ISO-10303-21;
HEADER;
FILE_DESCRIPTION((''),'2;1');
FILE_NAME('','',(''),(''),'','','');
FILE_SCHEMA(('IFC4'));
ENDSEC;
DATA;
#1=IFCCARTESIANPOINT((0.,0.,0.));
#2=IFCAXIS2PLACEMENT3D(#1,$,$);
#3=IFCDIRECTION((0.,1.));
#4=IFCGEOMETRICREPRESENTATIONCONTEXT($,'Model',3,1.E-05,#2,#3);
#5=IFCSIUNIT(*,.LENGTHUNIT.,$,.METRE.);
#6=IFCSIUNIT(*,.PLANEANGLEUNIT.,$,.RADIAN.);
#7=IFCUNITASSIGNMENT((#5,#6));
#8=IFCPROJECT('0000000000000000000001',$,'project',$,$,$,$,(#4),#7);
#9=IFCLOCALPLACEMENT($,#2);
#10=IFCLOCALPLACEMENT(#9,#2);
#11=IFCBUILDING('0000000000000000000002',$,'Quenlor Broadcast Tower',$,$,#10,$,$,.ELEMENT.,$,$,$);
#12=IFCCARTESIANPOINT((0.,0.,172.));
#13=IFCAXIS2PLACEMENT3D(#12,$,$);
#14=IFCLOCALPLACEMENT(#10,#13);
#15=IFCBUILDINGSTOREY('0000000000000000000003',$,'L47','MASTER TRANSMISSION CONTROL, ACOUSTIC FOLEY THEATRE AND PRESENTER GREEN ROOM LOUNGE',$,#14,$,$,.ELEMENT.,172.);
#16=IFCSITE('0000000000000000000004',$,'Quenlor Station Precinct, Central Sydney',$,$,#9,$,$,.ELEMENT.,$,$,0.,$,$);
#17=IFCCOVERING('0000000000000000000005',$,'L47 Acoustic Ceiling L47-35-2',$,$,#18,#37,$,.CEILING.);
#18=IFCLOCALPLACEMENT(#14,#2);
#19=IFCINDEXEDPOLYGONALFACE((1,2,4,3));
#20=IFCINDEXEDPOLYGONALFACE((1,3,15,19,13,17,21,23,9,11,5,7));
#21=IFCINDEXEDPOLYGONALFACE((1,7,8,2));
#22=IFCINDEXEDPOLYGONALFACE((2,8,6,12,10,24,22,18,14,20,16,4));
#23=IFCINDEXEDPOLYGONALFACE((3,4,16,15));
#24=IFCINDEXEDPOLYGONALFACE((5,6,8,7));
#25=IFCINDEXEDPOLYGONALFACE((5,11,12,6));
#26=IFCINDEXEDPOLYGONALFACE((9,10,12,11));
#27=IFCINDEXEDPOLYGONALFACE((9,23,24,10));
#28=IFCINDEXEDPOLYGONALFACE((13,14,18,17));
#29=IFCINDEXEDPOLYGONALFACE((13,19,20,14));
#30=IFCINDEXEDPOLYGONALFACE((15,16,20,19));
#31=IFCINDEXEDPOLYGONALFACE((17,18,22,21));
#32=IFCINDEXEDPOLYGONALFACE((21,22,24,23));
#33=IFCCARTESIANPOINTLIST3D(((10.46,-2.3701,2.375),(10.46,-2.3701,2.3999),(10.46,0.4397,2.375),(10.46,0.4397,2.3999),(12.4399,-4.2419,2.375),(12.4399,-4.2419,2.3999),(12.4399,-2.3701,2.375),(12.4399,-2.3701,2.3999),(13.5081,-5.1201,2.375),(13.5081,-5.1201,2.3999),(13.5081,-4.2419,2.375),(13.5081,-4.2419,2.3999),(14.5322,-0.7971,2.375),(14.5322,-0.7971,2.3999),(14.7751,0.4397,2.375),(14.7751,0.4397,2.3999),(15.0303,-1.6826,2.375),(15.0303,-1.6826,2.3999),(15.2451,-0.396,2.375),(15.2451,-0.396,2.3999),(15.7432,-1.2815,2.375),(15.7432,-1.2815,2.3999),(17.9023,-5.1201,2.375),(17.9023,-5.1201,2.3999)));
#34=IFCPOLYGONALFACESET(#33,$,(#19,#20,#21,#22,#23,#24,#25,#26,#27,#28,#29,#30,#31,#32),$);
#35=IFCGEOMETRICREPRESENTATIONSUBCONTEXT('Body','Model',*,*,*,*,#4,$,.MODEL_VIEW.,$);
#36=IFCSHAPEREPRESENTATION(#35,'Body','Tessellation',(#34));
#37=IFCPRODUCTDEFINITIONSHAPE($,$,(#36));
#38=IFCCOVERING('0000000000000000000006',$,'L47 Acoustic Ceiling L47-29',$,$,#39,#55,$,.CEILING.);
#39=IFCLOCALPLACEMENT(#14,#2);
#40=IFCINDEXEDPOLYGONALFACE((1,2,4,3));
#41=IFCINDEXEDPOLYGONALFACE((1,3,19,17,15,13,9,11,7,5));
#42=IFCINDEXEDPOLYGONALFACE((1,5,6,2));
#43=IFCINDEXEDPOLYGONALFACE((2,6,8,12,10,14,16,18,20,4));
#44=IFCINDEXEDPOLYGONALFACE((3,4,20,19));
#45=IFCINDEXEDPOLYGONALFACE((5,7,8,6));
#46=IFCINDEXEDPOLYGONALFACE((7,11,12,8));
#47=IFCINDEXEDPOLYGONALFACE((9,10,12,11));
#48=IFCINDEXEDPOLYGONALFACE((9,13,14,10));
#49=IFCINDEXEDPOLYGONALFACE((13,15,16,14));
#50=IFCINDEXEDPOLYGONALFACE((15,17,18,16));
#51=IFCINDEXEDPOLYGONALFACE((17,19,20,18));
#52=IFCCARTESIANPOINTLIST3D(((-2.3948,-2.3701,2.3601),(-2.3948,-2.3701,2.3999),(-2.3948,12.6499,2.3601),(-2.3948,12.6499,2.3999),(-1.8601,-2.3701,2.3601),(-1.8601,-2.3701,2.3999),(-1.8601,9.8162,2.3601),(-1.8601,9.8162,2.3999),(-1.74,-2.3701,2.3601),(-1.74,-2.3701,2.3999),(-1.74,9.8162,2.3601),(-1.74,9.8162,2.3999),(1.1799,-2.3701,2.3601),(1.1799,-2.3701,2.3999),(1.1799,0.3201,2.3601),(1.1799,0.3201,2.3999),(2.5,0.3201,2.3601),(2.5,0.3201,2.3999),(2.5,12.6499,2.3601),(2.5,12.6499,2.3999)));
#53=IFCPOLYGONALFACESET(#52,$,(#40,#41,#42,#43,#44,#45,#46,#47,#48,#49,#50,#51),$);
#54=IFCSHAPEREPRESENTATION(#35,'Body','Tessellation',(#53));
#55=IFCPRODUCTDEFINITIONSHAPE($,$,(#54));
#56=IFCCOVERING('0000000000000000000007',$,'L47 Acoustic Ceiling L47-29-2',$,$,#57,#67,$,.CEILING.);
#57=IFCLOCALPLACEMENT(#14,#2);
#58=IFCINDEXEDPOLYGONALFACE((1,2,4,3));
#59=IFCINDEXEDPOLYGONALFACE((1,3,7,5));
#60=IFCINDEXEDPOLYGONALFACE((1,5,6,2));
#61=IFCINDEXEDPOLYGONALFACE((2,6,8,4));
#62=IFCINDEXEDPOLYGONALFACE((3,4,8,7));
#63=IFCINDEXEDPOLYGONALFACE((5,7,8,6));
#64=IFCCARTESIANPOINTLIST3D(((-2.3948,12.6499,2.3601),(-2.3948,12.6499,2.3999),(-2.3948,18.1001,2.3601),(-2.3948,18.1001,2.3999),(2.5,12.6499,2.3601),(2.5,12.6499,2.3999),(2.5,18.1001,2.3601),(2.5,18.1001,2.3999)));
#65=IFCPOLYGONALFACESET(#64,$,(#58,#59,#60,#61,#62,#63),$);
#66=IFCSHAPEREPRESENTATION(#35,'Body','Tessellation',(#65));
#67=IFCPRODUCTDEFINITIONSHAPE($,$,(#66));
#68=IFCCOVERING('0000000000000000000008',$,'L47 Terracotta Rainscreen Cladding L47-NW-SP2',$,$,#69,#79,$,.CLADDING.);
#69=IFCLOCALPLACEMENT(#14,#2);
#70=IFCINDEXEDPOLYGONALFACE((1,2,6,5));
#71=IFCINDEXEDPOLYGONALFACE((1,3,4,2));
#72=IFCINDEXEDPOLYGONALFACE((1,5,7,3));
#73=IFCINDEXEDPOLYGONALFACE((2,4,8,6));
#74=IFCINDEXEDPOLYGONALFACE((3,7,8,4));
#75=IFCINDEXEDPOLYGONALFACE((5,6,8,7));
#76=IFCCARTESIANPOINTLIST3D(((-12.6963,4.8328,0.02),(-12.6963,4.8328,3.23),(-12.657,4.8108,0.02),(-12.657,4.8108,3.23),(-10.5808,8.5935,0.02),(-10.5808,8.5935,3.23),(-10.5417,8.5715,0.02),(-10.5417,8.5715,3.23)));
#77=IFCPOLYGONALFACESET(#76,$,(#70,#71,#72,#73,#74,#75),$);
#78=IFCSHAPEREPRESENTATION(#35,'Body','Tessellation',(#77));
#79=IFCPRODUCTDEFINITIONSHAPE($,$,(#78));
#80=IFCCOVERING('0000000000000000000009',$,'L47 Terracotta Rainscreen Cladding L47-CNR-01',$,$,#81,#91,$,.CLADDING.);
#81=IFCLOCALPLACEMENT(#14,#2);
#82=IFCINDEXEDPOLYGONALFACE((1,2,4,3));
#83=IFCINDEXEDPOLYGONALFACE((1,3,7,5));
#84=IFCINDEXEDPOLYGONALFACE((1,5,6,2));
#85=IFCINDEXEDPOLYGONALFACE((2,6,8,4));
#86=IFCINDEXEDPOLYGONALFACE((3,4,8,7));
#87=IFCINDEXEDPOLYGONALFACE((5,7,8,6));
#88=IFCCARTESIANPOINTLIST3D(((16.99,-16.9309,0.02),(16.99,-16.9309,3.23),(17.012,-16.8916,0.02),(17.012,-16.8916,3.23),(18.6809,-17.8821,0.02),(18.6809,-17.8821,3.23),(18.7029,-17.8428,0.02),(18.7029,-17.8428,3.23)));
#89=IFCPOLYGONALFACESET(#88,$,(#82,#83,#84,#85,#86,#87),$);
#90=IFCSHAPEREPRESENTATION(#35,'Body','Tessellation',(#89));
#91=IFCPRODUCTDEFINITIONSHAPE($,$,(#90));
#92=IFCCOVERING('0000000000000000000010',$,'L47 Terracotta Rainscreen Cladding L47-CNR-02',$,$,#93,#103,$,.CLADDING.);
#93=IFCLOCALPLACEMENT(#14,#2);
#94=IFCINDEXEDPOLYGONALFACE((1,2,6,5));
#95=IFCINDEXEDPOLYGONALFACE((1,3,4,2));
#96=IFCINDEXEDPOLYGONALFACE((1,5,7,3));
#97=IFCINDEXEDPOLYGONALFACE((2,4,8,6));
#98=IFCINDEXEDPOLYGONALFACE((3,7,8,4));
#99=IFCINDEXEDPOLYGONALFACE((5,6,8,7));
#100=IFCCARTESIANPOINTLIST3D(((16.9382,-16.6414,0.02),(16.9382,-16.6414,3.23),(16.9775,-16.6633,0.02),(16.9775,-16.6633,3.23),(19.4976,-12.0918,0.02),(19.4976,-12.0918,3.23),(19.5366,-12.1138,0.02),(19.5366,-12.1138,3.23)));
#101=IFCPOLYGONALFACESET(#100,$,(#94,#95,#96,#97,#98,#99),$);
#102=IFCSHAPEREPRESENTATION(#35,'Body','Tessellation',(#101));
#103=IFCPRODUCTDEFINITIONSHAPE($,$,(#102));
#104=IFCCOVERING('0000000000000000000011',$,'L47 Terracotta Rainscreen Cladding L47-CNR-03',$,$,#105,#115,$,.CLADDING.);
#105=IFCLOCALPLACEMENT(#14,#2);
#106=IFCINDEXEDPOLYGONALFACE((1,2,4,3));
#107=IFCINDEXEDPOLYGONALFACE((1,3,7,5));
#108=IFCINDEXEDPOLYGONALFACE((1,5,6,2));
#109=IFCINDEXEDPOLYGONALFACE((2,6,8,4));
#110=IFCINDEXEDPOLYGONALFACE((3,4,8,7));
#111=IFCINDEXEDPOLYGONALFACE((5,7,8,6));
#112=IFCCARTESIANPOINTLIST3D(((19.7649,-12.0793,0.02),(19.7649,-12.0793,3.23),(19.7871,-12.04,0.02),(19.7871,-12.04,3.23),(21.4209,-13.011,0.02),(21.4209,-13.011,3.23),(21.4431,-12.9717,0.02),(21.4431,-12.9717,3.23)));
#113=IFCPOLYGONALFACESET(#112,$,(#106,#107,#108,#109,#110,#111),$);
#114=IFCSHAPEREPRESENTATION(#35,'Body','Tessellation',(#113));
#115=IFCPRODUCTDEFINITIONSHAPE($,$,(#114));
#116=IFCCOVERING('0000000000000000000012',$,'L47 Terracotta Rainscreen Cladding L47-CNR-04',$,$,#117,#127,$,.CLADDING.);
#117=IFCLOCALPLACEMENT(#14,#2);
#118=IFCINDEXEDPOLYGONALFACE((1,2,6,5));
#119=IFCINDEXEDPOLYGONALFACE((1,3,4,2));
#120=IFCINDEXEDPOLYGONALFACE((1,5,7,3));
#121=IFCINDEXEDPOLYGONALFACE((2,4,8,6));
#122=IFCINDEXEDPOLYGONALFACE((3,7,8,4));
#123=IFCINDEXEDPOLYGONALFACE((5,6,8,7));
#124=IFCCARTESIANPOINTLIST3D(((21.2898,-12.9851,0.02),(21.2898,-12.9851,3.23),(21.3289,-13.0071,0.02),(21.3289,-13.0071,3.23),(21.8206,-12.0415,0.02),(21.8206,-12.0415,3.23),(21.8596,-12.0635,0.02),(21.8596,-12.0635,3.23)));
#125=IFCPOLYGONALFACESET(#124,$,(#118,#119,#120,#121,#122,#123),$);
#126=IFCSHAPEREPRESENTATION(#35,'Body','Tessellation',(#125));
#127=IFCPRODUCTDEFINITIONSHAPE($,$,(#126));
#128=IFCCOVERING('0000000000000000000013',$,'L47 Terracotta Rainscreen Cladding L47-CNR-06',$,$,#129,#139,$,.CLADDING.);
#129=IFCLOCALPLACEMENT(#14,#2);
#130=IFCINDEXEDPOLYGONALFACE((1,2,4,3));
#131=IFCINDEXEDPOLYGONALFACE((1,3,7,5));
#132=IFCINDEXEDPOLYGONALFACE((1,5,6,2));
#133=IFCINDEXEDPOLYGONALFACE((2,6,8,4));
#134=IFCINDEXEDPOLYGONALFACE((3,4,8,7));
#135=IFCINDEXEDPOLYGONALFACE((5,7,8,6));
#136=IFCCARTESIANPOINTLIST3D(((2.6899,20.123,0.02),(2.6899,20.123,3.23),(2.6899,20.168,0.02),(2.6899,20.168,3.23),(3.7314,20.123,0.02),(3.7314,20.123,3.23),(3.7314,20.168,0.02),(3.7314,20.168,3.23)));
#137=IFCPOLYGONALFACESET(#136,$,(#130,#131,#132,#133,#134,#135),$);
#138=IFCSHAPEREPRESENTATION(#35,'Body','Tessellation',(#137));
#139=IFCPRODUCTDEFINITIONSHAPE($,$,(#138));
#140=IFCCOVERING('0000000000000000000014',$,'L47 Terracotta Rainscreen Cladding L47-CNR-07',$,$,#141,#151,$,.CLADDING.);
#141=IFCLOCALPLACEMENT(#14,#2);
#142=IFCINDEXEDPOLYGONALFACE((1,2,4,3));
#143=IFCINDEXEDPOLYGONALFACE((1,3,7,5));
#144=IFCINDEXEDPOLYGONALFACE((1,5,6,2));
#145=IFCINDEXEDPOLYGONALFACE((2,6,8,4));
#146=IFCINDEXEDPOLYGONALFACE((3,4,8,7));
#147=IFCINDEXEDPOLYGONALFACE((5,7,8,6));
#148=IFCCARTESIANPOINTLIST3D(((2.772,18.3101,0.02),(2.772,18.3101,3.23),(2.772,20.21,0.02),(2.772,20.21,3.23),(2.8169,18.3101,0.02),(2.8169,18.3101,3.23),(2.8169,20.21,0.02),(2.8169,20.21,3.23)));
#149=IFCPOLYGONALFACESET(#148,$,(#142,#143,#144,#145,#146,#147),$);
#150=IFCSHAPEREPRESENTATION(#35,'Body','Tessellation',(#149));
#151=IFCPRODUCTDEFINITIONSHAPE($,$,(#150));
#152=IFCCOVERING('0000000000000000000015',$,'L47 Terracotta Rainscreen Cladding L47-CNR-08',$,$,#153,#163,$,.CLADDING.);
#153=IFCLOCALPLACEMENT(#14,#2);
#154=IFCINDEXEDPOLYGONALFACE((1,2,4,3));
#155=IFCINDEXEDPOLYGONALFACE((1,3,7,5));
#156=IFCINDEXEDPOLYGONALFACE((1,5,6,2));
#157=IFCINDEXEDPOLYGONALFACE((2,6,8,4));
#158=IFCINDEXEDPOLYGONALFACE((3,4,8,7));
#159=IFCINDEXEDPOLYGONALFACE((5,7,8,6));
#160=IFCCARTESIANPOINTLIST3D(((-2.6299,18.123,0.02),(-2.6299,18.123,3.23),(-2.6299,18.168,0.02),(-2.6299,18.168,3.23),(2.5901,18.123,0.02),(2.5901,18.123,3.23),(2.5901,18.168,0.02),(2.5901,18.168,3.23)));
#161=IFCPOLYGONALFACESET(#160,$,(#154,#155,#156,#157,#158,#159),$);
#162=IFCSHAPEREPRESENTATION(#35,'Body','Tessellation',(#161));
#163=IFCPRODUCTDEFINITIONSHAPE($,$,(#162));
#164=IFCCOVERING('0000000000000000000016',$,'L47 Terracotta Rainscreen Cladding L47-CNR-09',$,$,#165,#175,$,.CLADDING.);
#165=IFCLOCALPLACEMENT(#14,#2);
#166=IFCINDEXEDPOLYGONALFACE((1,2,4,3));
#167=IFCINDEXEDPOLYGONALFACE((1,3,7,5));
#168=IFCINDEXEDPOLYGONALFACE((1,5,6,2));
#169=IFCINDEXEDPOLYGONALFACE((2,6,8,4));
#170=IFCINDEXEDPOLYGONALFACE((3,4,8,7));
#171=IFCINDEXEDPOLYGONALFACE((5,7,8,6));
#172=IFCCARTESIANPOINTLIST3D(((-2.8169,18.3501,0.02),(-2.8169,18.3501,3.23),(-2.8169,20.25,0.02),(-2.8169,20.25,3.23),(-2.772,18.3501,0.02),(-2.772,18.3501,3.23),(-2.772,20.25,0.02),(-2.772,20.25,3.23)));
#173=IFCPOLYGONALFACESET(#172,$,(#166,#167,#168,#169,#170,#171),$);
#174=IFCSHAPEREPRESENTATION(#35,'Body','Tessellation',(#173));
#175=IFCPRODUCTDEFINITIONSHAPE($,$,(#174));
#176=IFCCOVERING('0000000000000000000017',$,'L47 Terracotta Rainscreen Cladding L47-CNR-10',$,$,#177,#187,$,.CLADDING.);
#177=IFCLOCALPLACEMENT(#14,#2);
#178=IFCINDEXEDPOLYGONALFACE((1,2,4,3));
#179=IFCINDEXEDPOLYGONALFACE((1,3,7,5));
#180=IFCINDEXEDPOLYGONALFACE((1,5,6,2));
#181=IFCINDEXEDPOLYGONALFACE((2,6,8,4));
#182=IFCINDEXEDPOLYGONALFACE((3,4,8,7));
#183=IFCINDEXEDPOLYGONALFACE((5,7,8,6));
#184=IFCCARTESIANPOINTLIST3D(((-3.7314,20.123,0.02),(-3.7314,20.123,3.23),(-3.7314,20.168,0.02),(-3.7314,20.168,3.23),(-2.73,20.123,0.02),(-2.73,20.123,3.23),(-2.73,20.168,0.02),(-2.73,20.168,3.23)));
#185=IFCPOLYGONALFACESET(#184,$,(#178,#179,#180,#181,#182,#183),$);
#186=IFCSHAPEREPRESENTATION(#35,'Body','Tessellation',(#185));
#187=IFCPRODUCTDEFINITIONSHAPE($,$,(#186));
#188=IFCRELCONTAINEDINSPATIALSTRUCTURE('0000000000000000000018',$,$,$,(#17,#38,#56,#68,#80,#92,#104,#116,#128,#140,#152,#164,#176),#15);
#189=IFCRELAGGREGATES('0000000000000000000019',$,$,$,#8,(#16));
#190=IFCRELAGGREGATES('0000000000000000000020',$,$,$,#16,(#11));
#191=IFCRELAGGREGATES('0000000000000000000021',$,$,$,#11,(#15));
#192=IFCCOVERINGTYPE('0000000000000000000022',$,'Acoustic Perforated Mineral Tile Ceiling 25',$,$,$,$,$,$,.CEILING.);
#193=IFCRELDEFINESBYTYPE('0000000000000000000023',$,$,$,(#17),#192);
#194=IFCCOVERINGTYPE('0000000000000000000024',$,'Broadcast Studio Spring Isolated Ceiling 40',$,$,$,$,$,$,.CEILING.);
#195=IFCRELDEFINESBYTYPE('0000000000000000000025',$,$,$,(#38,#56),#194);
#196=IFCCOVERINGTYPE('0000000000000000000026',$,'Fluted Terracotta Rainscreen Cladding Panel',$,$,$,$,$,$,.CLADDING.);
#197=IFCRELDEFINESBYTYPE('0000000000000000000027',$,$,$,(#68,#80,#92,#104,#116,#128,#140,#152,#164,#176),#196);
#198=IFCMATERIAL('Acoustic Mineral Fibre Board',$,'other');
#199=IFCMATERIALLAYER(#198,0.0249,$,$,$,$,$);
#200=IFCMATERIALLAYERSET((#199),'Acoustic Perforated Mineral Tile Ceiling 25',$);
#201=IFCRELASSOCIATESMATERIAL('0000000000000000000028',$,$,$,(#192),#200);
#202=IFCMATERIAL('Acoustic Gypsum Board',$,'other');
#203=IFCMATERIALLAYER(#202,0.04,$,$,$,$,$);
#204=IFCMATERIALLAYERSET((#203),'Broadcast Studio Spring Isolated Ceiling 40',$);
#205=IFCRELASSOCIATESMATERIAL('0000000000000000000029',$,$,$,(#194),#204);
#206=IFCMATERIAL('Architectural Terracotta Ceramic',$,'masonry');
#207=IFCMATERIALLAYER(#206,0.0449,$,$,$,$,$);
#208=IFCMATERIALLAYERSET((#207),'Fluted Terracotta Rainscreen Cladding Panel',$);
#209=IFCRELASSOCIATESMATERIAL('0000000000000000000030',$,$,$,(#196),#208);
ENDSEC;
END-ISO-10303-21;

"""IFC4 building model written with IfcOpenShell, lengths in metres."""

from ifc_helpers import new_model, si_unit, direction, frame, origin, place, context, subcontext, project, spatial, polyline, outline, extrude, material, layer, layer_set, type_object, element, save


model = new_model("IFC4")

# Units and contexts
model_context = context("Model", 3, precision=1e-05, world=origin(), true_north=direction((0.0, 1.0)))
body_context = subcontext(model_context, "Body", "Model", "MODEL_VIEW")
ifc_project = project(units=[si_unit("LENGTHUNIT", "METRE"), si_unit("PLANEANGLEUNIT", "RADIAN")], contexts=[model_context])

# Site, building, storey
site_placement = place(None, origin())
site = spatial("IfcSite", under=ifc_project, at=site_placement, Name="Quenlor Station Precinct, Central Sydney", CompositionType="ELEMENT", RefElevation=0.0)
building_placement = place(site_placement, origin())
building = spatial("IfcBuilding", under=site, at=building_placement, Name="Quenlor Broadcast Tower", CompositionType="ELEMENT")
storey_placement = place(building_placement, frame((0.0, 0.0, 172.0)))
storey = spatial("IfcBuildingStorey", under=building, at=storey_placement, Name="L47", Description="MASTER TRANSMISSION CONTROL, ACOUSTIC FOLEY THEATRE AND PRESENTER GREEN ROOM LOUNGE", CompositionType="ELEMENT", Elevation=172.0)

# Coverings
ifc_material_1 = material(Name="Acoustic Mineral Fibre Board", Category="other")
ifc_layer_1 = layer(ifc_material_1, 0.0249)
ifc_layer_set_1 = layer_set([ifc_layer_1], Name="Acoustic Perforated Mineral Tile Ceiling 25")
covering_type_1 = type_object("IfcCoveringType", Name="Acoustic Perforated Mineral Tile Ceiling 25", PredefinedType="CEILING", material=ifc_layer_set_1)
covering_1_placement = place(storey_placement, frame((0.0, 0.0, 2.375)))
element("IfcCovering", 1, at=covering_1_placement, inside=storey, type_object=covering_type_1, Name="L47 Acoustic Ceiling L47-35-2", PredefinedType="CEILING", context=body_context, shape_type="SweptSolid", body=[
    extrude(outline(polyline([(13.5081, -4.2419), (12.4399, -4.2419), (12.4399, -2.3701), (10.46, -2.3701), (10.46, 0.4397), (14.7751, 0.4397), (15.2451, -0.396), (14.5322, -0.7971), (15.0303, -1.6826), (15.7432, -1.2815), (17.9023, -5.1201), (13.5081, -5.1201), (13.5081, -4.2419)])), origin(), (0.0, 0.0, 1.0), 0.0249),
])
ifc_material_2 = material(Name="Acoustic Gypsum Board", Category="other")
ifc_layer_2 = layer(ifc_material_2, 0.04)
ifc_layer_set_2 = layer_set([ifc_layer_2], Name="Broadcast Studio Spring Isolated Ceiling 40")
covering_type_2 = type_object("IfcCoveringType", Name="Broadcast Studio Spring Isolated Ceiling 40", PredefinedType="CEILING", material=ifc_layer_set_2)
covering_2_placement = place(storey_placement, frame((0.0, 0.0, 2.3601)))
element("IfcCovering", 2, at=covering_2_placement, inside=storey, type_object=covering_type_2, Name="L47 Acoustic Ceiling L47-29", PredefinedType="CEILING", context=body_context, shape_type="SweptSolid", body=[
    extrude(outline(polyline([(1.1799, -2.3701), (-1.74, -2.3701), (-1.74, 9.8162), (-1.8601, 9.8162), (-1.8601, -2.3701), (-2.3948, -2.3701), (-2.3948, 12.6499), (2.5, 12.6499), (2.5, 0.3201), (1.1799, 0.3201), (1.1799, -2.3701)])), origin(), (0.0, 0.0, 1.0), 0.0398),
])
covering_3_placement = place(storey_placement, frame((0.0, 0.0, 2.3601)))
element("IfcCovering", 3, at=covering_3_placement, inside=storey, type_object=covering_type_2, Name="L47 Acoustic Ceiling L47-29-2", PredefinedType="CEILING", context=body_context, shape_type="SweptSolid", body=[
    extrude(outline(polyline([(-2.3948, 18.1001), (2.5, 18.1001), (2.5, 12.6499), (-2.3948, 12.6499), (-2.3948, 18.1001)])), origin(), (0.0, 0.0, 1.0), 0.0398),
])
ifc_material_3 = material(Name="Architectural Terracotta Ceramic", Category="masonry")
ifc_layer_3 = layer(ifc_material_3, 0.0449)
ifc_layer_set_3 = layer_set([ifc_layer_3], Name="Fluted Terracotta Rainscreen Cladding Panel")
covering_type_3 = type_object("IfcCoveringType", Name="Fluted Terracotta Rainscreen Cladding Panel", PredefinedType="CLADDING", material=ifc_layer_set_3)
covering_4_placement = place(storey_placement, frame((0.0, 0.0, 0.02)))
element("IfcCovering", 4, at=covering_4_placement, inside=storey, type_object=covering_type_3, Name="L47 Terracotta Rainscreen Cladding L47-NW-SP2", PredefinedType="CLADDING", context=body_context, shape_type="SweptSolid", body=[
    extrude(outline(polyline([(-12.657, 4.8108), (-10.5417, 8.5715), (-10.5808, 8.5935), (-12.6963, 4.8328), (-12.657, 4.8108)])), origin(), (0.0, 0.0, 1.0), 3.21),
])
covering_5_placement = place(storey_placement, frame((0.0, 0.0, 0.02)))
element("IfcCovering", 5, at=covering_5_placement, inside=storey, type_object=covering_type_3, Name="L47 Terracotta Rainscreen Cladding L47-CNR-01", PredefinedType="CLADDING", context=body_context, shape_type="SweptSolid", body=[
    extrude(outline(polyline([(18.7029, -17.8428), (17.012, -16.8916), (16.99, -16.9309), (18.6809, -17.8821), (18.7029, -17.8428)])), origin(), (0.0, 0.0, 1.0), 3.21),
])
covering_6_placement = place(storey_placement, frame((0.0, 0.0, 0.02)))
element("IfcCovering", 6, at=covering_6_placement, inside=storey, type_object=covering_type_3, Name="L47 Terracotta Rainscreen Cladding L47-CNR-02", PredefinedType="CLADDING", context=body_context, shape_type="SweptSolid", body=[
    extrude(outline(polyline([(16.9775, -16.6633), (19.5366, -12.1138), (19.4976, -12.0918), (16.9382, -16.6414), (16.9775, -16.6633)])), origin(), (0.0, 0.0, 1.0), 3.21),
])
covering_7_placement = place(storey_placement, frame((0.0, 0.0, 0.02)))
element("IfcCovering", 7, at=covering_7_placement, inside=storey, type_object=covering_type_3, Name="L47 Terracotta Rainscreen Cladding L47-CNR-03", PredefinedType="CLADDING", context=body_context, shape_type="SweptSolid", body=[
    extrude(outline(polyline([(19.7649, -12.0793), (21.4209, -13.011), (21.4431, -12.9717), (19.7871, -12.04), (19.7649, -12.0793)])), origin(), (0.0, 0.0, 1.0), 3.21),
])
covering_8_placement = place(storey_placement, frame((0.0, 0.0, 0.02)))
element("IfcCovering", 8, at=covering_8_placement, inside=storey, type_object=covering_type_3, Name="L47 Terracotta Rainscreen Cladding L47-CNR-04", PredefinedType="CLADDING", context=body_context, shape_type="SweptSolid", body=[
    extrude(outline(polyline([(21.3289, -13.0071), (21.8596, -12.0635), (21.8206, -12.0415), (21.2898, -12.9851), (21.3289, -13.0071)])), origin(), (0.0, 0.0, 1.0), 3.21),
])
covering_9_placement = place(storey_placement, frame((0.0, 0.0, 0.02)))
element("IfcCovering", 9, at=covering_9_placement, inside=storey, type_object=covering_type_3, Name="L47 Terracotta Rainscreen Cladding L47-CNR-06", PredefinedType="CLADDING", context=body_context, shape_type="SweptSolid", body=[
    extrude(outline(polyline([(3.7314, 20.168), (2.6899, 20.168), (2.6899, 20.123), (3.7314, 20.123), (3.7314, 20.168)])), origin(), (0.0, 0.0, 1.0), 3.21),
])
covering_10_placement = place(storey_placement, frame((0.0, 0.0, 0.02)))
element("IfcCovering", 10, at=covering_10_placement, inside=storey, type_object=covering_type_3, Name="L47 Terracotta Rainscreen Cladding L47-CNR-07", PredefinedType="CLADDING", context=body_context, shape_type="SweptSolid", body=[
    extrude(outline(polyline([(2.772, 20.21), (2.772, 18.3101), (2.8169, 18.3101), (2.8169, 20.21), (2.772, 20.21)])), origin(), (0.0, 0.0, 1.0), 3.21),
])
covering_11_placement = place(storey_placement, frame((0.0, 0.0, 0.02)))
element("IfcCovering", 11, at=covering_11_placement, inside=storey, type_object=covering_type_3, Name="L47 Terracotta Rainscreen Cladding L47-CNR-08", PredefinedType="CLADDING", context=body_context, shape_type="SweptSolid", body=[
    extrude(outline(polyline([(2.5901, 18.168), (-2.6299, 18.168), (-2.6299, 18.123), (2.5901, 18.123), (2.5901, 18.168)])), origin(), (0.0, 0.0, 1.0), 3.21),
])
covering_12_placement = place(storey_placement, frame((0.0, 0.0, 0.02)))
element("IfcCovering", 12, at=covering_12_placement, inside=storey, type_object=covering_type_3, Name="L47 Terracotta Rainscreen Cladding L47-CNR-09", PredefinedType="CLADDING", context=body_context, shape_type="SweptSolid", body=[
    extrude(outline(polyline([(-2.772, 18.3501), (-2.772, 20.25), (-2.8169, 20.25), (-2.8169, 18.3501), (-2.772, 18.3501)])), origin(), (0.0, 0.0, 1.0), 3.21),
])
covering_13_placement = place(storey_placement, frame((0.0, 0.0, 0.02)))
element("IfcCovering", 13, at=covering_13_placement, inside=storey, type_object=covering_type_3, Name="L47 Terracotta Rainscreen Cladding L47-CNR-10", PredefinedType="CLADDING", context=body_context, shape_type="SweptSolid", body=[
    extrude(outline(polyline([(-2.73, 20.168), (-3.7314, 20.168), (-3.7314, 20.123), (-2.73, 20.123), (-2.73, 20.168)])), origin(), (0.0, 0.0, 1.0), 3.21),
])

save(model, "model.ifc")
